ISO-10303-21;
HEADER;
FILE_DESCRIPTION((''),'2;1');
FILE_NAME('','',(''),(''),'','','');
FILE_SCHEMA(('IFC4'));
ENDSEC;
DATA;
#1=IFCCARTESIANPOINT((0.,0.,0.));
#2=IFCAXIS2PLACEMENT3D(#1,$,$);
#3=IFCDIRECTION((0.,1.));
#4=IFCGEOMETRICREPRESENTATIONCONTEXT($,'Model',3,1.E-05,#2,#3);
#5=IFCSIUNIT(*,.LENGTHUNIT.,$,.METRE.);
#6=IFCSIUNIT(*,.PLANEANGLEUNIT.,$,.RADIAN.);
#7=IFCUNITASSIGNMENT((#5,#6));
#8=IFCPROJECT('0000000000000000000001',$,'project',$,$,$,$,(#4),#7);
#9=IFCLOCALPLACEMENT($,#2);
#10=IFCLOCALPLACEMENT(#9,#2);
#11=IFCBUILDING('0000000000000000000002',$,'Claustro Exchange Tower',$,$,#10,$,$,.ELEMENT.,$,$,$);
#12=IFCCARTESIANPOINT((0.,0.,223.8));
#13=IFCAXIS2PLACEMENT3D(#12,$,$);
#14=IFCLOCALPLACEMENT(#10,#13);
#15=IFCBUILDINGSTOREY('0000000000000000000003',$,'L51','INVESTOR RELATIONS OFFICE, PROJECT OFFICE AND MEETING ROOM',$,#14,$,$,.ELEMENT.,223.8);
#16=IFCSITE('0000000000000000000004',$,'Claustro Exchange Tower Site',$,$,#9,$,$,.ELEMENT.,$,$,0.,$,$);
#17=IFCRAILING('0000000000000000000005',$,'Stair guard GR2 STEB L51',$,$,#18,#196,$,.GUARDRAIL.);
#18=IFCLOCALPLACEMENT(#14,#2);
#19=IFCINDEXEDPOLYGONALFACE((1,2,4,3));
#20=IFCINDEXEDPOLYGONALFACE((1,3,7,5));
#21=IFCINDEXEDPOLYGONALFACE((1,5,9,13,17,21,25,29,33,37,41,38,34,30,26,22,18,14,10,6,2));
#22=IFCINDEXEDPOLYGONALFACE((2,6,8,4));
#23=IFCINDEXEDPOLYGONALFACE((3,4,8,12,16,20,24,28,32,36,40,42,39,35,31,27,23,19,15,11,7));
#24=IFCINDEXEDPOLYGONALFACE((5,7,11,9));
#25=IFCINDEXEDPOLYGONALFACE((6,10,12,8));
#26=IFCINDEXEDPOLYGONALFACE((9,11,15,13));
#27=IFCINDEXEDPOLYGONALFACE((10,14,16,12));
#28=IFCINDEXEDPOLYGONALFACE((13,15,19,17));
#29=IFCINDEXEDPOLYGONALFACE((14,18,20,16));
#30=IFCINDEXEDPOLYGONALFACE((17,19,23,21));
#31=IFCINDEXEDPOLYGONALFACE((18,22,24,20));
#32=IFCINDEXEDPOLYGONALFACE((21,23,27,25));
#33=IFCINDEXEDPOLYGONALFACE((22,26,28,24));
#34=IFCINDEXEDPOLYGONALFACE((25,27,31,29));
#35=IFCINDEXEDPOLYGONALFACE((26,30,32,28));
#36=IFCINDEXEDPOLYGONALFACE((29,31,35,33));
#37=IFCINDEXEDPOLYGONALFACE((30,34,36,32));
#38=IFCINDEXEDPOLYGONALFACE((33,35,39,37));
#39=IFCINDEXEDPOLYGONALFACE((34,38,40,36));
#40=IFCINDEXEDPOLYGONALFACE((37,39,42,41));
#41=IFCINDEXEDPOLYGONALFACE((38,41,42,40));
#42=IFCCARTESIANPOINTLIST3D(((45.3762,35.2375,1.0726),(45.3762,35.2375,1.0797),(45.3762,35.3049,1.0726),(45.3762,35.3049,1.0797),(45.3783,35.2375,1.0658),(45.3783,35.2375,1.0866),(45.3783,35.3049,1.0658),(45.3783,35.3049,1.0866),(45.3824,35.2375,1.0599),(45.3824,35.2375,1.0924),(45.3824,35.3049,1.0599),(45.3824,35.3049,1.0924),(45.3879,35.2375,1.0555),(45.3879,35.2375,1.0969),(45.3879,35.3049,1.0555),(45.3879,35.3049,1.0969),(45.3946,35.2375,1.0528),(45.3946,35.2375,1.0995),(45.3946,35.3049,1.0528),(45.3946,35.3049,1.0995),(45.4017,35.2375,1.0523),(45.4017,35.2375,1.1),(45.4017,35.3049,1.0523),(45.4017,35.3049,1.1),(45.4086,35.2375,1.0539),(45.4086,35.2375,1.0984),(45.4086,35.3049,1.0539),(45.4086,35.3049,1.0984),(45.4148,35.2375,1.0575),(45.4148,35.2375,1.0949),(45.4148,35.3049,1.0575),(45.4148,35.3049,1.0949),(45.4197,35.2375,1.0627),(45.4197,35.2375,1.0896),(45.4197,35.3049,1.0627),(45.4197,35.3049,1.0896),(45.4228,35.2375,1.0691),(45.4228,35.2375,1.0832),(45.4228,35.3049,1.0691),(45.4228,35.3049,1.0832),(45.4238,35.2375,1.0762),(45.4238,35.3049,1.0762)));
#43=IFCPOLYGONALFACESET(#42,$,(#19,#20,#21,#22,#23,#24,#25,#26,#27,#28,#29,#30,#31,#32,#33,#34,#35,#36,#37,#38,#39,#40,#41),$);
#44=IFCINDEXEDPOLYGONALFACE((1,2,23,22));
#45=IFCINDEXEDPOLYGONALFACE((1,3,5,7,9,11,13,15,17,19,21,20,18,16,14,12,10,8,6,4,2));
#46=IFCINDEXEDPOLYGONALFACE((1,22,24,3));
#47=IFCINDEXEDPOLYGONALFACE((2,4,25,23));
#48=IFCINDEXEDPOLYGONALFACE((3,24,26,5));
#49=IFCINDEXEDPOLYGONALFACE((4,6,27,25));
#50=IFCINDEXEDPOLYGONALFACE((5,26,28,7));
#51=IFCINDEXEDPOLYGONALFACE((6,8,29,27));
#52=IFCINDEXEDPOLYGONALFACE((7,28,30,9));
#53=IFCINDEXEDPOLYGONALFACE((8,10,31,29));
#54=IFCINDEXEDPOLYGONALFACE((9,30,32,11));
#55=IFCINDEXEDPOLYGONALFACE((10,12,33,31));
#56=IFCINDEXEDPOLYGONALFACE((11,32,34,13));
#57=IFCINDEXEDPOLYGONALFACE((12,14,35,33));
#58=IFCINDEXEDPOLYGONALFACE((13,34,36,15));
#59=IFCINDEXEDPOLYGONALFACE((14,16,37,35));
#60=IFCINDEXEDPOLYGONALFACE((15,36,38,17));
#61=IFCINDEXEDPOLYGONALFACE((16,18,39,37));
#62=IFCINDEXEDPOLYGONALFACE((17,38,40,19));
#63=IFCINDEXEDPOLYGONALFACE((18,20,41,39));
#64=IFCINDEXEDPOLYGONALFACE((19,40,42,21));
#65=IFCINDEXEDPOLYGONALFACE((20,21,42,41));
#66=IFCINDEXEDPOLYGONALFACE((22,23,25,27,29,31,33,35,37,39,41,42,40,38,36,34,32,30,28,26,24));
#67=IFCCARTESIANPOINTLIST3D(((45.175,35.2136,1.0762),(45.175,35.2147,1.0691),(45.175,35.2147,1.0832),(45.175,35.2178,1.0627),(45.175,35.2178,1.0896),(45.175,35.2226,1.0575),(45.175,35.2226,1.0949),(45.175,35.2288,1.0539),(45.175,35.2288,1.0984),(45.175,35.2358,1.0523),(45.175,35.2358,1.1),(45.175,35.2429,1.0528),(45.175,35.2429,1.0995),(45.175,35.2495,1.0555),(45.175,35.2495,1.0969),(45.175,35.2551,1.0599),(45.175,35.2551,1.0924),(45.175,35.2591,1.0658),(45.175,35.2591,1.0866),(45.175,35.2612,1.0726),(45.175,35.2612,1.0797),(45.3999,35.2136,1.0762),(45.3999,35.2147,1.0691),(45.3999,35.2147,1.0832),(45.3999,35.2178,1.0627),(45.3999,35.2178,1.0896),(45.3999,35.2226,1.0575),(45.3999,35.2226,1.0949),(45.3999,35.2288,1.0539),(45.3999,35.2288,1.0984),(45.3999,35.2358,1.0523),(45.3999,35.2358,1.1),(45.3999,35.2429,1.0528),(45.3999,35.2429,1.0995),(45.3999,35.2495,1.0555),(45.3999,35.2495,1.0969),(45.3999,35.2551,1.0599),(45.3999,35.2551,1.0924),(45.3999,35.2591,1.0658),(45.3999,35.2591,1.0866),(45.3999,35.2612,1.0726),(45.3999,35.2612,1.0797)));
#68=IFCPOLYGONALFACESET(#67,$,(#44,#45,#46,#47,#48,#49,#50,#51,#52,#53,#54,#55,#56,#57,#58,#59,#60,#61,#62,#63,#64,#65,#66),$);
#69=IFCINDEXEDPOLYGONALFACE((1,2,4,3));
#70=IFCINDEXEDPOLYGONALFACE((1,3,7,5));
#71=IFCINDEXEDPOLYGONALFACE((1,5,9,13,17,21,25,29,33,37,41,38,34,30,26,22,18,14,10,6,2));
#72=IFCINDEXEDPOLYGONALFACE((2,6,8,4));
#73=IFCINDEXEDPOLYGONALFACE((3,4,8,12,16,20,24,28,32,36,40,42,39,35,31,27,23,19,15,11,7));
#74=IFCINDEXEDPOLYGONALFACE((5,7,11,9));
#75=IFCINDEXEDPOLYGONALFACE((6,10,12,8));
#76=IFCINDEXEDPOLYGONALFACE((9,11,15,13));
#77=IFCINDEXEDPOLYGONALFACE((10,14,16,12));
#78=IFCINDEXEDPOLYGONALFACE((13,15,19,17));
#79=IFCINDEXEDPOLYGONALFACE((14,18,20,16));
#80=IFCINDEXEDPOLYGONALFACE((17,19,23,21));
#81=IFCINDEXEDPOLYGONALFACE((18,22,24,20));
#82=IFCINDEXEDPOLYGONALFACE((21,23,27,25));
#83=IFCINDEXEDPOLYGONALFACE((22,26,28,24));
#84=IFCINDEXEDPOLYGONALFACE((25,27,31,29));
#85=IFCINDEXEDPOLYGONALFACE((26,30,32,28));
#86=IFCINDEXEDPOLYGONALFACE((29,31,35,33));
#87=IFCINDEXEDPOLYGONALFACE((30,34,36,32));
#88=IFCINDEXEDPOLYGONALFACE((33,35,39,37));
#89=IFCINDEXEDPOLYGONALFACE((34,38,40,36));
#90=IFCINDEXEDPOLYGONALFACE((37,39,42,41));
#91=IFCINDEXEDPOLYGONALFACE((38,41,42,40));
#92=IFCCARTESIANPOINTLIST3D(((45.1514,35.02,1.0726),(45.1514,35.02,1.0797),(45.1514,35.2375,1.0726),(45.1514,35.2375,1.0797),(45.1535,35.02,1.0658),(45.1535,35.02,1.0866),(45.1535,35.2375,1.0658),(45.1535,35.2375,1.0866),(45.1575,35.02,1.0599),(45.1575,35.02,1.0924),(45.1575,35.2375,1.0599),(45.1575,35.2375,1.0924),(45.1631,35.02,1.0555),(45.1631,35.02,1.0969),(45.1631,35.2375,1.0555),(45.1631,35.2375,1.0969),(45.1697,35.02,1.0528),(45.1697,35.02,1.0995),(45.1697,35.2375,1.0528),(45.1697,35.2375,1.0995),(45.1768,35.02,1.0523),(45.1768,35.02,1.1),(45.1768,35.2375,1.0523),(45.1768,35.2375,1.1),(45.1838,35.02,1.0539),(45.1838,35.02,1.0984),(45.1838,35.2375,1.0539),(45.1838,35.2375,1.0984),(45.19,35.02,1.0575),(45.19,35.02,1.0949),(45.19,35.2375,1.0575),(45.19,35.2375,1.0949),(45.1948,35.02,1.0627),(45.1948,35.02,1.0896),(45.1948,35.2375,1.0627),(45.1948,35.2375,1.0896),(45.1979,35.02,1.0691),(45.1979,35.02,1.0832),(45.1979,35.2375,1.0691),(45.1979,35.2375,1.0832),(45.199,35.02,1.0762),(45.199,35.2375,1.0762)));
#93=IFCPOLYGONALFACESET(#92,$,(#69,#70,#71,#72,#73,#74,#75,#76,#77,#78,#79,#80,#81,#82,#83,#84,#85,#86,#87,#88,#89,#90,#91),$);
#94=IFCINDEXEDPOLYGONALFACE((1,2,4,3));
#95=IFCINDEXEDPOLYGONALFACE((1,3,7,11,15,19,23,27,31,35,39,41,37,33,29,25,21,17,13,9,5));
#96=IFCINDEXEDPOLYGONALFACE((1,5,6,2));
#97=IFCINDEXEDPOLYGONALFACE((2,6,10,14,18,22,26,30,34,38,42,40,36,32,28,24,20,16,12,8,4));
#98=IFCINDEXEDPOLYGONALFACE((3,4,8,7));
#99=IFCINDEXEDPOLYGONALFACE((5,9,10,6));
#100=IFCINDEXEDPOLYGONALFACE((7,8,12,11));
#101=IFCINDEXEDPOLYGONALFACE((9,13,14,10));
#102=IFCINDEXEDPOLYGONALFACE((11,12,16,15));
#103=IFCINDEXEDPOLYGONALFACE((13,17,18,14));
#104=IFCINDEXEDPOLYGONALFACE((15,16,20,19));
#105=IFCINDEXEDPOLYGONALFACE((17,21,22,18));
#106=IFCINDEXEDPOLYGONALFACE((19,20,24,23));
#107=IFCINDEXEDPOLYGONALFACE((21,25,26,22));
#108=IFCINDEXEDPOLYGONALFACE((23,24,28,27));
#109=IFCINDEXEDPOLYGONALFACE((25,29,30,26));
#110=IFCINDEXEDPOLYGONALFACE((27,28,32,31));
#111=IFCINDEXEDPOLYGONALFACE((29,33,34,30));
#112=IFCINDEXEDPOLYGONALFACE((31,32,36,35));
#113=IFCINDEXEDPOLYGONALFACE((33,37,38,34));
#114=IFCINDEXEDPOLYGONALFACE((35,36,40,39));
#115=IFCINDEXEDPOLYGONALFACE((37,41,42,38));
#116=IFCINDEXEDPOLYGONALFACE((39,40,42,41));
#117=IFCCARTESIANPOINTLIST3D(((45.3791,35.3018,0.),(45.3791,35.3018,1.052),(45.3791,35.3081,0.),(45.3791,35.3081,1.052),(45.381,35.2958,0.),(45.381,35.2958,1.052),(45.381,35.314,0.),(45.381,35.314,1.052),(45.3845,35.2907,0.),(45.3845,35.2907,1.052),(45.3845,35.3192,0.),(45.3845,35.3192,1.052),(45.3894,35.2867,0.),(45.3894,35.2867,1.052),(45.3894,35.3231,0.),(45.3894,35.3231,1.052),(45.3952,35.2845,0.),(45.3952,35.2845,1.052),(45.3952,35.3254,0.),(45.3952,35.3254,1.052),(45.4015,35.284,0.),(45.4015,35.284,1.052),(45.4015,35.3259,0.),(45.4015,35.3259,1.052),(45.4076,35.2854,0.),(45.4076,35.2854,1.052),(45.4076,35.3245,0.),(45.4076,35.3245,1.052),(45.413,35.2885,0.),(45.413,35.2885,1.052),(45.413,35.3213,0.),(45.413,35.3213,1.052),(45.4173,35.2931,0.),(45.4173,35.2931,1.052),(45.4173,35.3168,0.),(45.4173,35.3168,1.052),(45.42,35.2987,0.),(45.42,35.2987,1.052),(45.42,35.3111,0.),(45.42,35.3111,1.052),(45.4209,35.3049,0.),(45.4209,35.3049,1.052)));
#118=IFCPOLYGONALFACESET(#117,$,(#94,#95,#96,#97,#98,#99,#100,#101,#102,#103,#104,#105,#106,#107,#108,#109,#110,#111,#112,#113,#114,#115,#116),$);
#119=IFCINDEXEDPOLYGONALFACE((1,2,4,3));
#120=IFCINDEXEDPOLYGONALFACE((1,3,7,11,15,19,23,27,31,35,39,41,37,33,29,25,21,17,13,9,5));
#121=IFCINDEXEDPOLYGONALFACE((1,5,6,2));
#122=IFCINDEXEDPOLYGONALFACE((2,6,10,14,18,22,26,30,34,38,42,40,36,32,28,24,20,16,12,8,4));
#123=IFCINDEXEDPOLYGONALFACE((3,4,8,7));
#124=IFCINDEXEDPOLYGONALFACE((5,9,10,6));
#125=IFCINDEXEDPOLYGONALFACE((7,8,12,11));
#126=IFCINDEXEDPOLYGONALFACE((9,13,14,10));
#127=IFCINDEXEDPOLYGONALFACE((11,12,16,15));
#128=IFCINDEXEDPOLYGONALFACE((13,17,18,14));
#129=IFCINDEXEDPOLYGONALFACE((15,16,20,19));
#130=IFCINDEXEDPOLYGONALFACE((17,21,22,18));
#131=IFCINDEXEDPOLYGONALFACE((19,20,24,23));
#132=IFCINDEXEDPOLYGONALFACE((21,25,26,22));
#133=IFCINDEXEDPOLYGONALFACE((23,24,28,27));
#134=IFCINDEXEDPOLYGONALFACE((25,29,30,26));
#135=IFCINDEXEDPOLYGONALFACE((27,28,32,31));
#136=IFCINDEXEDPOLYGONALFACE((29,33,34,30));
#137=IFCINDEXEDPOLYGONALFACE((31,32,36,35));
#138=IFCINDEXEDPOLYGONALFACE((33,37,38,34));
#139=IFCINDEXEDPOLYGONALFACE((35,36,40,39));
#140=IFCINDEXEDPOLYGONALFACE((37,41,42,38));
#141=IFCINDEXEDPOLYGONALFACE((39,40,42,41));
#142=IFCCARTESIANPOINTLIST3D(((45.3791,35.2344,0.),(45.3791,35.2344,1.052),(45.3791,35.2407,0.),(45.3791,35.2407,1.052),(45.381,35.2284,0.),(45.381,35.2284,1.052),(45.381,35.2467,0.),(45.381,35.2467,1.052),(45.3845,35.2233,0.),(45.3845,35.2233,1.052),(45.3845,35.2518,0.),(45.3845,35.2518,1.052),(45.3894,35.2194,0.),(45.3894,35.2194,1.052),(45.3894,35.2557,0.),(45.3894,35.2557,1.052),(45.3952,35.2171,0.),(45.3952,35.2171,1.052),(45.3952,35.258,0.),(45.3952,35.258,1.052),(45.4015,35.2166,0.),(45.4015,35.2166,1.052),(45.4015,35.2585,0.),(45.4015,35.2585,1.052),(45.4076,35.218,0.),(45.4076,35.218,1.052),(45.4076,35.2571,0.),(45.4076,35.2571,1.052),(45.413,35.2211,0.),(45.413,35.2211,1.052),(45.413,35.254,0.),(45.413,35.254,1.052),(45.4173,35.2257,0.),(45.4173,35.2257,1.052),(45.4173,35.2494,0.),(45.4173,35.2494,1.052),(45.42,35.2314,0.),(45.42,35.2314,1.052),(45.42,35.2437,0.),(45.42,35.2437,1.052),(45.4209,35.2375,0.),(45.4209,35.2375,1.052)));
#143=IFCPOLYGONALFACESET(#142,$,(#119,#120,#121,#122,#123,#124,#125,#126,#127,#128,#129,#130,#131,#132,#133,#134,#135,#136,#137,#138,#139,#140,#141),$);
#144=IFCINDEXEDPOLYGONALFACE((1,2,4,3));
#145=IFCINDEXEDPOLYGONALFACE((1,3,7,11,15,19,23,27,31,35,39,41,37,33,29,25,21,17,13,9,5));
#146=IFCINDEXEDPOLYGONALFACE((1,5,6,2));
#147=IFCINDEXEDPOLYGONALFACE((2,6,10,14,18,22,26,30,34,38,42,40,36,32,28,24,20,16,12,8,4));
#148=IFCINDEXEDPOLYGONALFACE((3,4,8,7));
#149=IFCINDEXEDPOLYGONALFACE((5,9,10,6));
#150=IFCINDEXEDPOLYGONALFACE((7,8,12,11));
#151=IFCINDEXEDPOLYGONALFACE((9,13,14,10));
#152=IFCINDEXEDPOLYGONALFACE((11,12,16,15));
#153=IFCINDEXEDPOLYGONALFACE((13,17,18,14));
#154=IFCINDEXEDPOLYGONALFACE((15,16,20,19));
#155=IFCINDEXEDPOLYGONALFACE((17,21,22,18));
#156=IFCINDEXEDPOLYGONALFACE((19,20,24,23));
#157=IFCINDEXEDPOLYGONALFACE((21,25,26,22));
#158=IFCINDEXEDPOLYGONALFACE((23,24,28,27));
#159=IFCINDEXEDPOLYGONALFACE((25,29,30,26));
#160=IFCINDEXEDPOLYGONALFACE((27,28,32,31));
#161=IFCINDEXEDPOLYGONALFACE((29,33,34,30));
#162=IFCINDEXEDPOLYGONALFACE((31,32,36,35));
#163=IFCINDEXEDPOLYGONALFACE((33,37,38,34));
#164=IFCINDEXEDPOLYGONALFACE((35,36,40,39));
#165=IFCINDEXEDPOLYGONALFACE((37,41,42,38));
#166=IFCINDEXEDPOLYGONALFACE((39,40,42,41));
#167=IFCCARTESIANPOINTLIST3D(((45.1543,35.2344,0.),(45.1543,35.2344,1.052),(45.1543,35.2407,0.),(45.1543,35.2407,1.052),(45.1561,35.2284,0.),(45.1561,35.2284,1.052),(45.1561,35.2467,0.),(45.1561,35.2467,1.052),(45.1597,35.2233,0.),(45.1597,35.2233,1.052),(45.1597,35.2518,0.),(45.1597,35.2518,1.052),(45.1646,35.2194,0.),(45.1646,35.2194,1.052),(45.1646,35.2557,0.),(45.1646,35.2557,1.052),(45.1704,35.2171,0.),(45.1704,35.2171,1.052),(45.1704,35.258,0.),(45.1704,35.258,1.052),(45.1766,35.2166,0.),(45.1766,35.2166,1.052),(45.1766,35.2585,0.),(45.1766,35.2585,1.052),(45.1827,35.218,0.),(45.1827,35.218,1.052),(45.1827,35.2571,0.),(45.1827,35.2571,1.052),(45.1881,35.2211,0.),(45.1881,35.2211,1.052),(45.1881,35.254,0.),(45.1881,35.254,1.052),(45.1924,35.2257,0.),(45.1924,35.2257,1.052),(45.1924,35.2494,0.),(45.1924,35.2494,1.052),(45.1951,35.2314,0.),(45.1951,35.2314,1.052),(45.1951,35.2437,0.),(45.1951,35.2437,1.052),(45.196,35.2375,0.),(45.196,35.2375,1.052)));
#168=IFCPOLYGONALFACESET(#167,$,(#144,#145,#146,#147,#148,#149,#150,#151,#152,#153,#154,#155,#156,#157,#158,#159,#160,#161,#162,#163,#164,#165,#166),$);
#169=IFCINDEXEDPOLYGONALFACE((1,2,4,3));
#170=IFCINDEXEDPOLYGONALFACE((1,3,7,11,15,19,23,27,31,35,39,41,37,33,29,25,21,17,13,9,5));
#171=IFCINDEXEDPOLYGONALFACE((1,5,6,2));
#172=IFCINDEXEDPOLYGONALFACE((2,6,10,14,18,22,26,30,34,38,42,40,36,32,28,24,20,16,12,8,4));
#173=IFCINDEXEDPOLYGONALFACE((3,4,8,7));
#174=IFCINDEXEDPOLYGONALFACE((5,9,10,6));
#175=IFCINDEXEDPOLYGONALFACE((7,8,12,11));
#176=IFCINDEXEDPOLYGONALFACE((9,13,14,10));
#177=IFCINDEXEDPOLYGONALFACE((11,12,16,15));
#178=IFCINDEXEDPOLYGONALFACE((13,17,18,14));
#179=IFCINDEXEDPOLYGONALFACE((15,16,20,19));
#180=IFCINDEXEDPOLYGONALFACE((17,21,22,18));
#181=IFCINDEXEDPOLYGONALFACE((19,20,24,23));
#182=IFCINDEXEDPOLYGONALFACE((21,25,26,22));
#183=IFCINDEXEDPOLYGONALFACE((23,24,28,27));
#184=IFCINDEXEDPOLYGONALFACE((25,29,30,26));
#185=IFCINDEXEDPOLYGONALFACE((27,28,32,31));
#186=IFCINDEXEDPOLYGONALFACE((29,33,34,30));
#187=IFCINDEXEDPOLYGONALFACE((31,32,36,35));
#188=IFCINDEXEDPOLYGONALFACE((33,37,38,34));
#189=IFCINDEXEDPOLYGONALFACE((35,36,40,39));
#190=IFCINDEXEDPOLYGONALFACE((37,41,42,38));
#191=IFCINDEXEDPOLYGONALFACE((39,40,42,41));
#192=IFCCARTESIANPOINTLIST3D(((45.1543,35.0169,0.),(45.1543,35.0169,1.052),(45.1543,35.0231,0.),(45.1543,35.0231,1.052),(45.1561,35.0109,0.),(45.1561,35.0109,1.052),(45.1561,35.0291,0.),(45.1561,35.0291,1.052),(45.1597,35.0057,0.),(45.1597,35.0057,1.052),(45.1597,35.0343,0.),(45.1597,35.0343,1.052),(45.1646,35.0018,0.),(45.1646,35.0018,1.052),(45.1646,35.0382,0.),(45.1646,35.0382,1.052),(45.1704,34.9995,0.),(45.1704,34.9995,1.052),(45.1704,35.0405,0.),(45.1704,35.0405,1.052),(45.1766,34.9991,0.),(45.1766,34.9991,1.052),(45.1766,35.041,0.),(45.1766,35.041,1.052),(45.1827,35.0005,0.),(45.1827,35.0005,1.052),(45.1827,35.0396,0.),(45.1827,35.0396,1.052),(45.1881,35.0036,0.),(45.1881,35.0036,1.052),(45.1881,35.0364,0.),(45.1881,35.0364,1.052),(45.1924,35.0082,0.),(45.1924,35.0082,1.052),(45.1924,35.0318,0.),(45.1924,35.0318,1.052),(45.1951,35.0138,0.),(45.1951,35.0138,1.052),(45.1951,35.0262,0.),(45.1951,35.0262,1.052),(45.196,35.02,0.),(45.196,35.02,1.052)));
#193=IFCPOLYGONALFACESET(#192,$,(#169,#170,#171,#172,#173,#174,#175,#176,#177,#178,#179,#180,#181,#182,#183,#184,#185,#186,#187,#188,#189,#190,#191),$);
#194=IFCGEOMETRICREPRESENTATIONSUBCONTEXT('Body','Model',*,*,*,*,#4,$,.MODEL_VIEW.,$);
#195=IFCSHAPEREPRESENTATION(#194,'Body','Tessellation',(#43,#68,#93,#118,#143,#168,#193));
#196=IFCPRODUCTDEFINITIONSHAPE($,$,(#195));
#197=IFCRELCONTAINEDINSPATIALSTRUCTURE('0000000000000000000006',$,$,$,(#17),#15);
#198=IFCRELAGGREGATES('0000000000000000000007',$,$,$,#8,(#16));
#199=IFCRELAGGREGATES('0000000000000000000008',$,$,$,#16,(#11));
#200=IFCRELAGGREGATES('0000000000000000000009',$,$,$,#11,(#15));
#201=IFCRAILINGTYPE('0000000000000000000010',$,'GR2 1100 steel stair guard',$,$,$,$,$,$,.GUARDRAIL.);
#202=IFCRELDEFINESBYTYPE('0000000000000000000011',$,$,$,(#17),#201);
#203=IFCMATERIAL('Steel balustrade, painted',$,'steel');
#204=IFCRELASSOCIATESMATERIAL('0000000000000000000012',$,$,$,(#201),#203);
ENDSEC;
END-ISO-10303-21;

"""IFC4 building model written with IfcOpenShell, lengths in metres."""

from ifc_helpers import new_model, si_unit, direction, frame, origin, origin_2d, place, context, subcontext, project, spatial, circle, extrude, material, type_object, element, save


model = new_model("IFC4")

# Units and contexts
model_context = context("Model", 3, precision=1e-05, world=origin(), true_north=direction((0.0, 1.0)))
body_context = subcontext(model_context, "Body", "Model", "MODEL_VIEW")
ifc_project = project(units=[si_unit("LENGTHUNIT", "METRE"), si_unit("PLANEANGLEUNIT", "RADIAN")], contexts=[model_context])

# Site, building, storey
site_placement = place(None, origin())
site = spatial("IfcSite", under=ifc_project, at=site_placement, Name="Claustro Exchange Tower Site", CompositionType="ELEMENT", RefElevation=0.0)
building_placement = place(site_placement, origin())
building = spatial("IfcBuilding", under=site, at=building_placement, Name="Claustro Exchange Tower", CompositionType="ELEMENT")
storey_placement = place(building_placement, frame((0.0, 0.0, 223.8)))
storey = spatial("IfcBuildingStorey", under=building, at=storey_placement, Name="L51", Description="INVESTOR RELATIONS OFFICE, PROJECT OFFICE AND MEETING ROOM", CompositionType="ELEMENT", Elevation=223.8)

# Railing
ifc_material_1 = material(Name="Steel balustrade, painted", Category="steel")
railing_type_1 = type_object("IfcRailingType", Name="GR2 1100 steel stair guard", PredefinedType="GUARDRAIL", material=ifc_material_1)
railing_1_placement = place(storey_placement, frame((45.3999, 35.3049, 0.0)))
element("IfcRailing", 1, at=railing_1_placement, inside=storey, type_object=railing_type_1, Name="Stair guard GR2 STEB L51", PredefinedType="GUARDRAIL", context=body_context, shape_type="SweptSolid", body=[
    extrude(circle(Radius=0.0239, at=origin_2d()), frame((0.0, 0.0, 1.0762), z_axis=(0.0, -1.0, 0.0), x_axis=(1.0, 0.0, 0.0)), (0.0, 0.0, 1.0), 0.0674),
    extrude(circle(Radius=0.0239, at=origin_2d()), frame((0.0, -0.0674, 1.0762), z_axis=(-1.0, 0.0, 0.0), x_axis=(0.0, -1.0, 0.0)), (0.0, 0.0, 1.0), 0.2249),
    extrude(circle(Radius=0.0239, at=origin_2d()), frame((-0.2249, -0.0674, 1.0762), z_axis=(0.0, -1.0, 0.0), x_axis=(1.0, 0.0, 0.0)), (0.0, 0.0, 1.0), 0.2175),
    extrude(circle(Radius=0.021, at=origin_2d()), origin(), (0.0, 0.0, 1.0), 1.052),
    extrude(circle(Radius=0.021, at=origin_2d()), frame((0.0, -0.0674, 0.0)), (0.0, 0.0, 1.0), 1.052),
    extrude(circle(Radius=0.021, at=origin_2d()), frame((-0.2249, -0.0674, 0.0)), (0.0, 0.0, 1.0), 1.052),
    extrude(circle(Radius=0.021, at=origin_2d()), frame((-0.2249, -0.2849, 0.0)), (0.0, 0.0, 1.0), 1.052),
])

save(model, "model.ifc")
